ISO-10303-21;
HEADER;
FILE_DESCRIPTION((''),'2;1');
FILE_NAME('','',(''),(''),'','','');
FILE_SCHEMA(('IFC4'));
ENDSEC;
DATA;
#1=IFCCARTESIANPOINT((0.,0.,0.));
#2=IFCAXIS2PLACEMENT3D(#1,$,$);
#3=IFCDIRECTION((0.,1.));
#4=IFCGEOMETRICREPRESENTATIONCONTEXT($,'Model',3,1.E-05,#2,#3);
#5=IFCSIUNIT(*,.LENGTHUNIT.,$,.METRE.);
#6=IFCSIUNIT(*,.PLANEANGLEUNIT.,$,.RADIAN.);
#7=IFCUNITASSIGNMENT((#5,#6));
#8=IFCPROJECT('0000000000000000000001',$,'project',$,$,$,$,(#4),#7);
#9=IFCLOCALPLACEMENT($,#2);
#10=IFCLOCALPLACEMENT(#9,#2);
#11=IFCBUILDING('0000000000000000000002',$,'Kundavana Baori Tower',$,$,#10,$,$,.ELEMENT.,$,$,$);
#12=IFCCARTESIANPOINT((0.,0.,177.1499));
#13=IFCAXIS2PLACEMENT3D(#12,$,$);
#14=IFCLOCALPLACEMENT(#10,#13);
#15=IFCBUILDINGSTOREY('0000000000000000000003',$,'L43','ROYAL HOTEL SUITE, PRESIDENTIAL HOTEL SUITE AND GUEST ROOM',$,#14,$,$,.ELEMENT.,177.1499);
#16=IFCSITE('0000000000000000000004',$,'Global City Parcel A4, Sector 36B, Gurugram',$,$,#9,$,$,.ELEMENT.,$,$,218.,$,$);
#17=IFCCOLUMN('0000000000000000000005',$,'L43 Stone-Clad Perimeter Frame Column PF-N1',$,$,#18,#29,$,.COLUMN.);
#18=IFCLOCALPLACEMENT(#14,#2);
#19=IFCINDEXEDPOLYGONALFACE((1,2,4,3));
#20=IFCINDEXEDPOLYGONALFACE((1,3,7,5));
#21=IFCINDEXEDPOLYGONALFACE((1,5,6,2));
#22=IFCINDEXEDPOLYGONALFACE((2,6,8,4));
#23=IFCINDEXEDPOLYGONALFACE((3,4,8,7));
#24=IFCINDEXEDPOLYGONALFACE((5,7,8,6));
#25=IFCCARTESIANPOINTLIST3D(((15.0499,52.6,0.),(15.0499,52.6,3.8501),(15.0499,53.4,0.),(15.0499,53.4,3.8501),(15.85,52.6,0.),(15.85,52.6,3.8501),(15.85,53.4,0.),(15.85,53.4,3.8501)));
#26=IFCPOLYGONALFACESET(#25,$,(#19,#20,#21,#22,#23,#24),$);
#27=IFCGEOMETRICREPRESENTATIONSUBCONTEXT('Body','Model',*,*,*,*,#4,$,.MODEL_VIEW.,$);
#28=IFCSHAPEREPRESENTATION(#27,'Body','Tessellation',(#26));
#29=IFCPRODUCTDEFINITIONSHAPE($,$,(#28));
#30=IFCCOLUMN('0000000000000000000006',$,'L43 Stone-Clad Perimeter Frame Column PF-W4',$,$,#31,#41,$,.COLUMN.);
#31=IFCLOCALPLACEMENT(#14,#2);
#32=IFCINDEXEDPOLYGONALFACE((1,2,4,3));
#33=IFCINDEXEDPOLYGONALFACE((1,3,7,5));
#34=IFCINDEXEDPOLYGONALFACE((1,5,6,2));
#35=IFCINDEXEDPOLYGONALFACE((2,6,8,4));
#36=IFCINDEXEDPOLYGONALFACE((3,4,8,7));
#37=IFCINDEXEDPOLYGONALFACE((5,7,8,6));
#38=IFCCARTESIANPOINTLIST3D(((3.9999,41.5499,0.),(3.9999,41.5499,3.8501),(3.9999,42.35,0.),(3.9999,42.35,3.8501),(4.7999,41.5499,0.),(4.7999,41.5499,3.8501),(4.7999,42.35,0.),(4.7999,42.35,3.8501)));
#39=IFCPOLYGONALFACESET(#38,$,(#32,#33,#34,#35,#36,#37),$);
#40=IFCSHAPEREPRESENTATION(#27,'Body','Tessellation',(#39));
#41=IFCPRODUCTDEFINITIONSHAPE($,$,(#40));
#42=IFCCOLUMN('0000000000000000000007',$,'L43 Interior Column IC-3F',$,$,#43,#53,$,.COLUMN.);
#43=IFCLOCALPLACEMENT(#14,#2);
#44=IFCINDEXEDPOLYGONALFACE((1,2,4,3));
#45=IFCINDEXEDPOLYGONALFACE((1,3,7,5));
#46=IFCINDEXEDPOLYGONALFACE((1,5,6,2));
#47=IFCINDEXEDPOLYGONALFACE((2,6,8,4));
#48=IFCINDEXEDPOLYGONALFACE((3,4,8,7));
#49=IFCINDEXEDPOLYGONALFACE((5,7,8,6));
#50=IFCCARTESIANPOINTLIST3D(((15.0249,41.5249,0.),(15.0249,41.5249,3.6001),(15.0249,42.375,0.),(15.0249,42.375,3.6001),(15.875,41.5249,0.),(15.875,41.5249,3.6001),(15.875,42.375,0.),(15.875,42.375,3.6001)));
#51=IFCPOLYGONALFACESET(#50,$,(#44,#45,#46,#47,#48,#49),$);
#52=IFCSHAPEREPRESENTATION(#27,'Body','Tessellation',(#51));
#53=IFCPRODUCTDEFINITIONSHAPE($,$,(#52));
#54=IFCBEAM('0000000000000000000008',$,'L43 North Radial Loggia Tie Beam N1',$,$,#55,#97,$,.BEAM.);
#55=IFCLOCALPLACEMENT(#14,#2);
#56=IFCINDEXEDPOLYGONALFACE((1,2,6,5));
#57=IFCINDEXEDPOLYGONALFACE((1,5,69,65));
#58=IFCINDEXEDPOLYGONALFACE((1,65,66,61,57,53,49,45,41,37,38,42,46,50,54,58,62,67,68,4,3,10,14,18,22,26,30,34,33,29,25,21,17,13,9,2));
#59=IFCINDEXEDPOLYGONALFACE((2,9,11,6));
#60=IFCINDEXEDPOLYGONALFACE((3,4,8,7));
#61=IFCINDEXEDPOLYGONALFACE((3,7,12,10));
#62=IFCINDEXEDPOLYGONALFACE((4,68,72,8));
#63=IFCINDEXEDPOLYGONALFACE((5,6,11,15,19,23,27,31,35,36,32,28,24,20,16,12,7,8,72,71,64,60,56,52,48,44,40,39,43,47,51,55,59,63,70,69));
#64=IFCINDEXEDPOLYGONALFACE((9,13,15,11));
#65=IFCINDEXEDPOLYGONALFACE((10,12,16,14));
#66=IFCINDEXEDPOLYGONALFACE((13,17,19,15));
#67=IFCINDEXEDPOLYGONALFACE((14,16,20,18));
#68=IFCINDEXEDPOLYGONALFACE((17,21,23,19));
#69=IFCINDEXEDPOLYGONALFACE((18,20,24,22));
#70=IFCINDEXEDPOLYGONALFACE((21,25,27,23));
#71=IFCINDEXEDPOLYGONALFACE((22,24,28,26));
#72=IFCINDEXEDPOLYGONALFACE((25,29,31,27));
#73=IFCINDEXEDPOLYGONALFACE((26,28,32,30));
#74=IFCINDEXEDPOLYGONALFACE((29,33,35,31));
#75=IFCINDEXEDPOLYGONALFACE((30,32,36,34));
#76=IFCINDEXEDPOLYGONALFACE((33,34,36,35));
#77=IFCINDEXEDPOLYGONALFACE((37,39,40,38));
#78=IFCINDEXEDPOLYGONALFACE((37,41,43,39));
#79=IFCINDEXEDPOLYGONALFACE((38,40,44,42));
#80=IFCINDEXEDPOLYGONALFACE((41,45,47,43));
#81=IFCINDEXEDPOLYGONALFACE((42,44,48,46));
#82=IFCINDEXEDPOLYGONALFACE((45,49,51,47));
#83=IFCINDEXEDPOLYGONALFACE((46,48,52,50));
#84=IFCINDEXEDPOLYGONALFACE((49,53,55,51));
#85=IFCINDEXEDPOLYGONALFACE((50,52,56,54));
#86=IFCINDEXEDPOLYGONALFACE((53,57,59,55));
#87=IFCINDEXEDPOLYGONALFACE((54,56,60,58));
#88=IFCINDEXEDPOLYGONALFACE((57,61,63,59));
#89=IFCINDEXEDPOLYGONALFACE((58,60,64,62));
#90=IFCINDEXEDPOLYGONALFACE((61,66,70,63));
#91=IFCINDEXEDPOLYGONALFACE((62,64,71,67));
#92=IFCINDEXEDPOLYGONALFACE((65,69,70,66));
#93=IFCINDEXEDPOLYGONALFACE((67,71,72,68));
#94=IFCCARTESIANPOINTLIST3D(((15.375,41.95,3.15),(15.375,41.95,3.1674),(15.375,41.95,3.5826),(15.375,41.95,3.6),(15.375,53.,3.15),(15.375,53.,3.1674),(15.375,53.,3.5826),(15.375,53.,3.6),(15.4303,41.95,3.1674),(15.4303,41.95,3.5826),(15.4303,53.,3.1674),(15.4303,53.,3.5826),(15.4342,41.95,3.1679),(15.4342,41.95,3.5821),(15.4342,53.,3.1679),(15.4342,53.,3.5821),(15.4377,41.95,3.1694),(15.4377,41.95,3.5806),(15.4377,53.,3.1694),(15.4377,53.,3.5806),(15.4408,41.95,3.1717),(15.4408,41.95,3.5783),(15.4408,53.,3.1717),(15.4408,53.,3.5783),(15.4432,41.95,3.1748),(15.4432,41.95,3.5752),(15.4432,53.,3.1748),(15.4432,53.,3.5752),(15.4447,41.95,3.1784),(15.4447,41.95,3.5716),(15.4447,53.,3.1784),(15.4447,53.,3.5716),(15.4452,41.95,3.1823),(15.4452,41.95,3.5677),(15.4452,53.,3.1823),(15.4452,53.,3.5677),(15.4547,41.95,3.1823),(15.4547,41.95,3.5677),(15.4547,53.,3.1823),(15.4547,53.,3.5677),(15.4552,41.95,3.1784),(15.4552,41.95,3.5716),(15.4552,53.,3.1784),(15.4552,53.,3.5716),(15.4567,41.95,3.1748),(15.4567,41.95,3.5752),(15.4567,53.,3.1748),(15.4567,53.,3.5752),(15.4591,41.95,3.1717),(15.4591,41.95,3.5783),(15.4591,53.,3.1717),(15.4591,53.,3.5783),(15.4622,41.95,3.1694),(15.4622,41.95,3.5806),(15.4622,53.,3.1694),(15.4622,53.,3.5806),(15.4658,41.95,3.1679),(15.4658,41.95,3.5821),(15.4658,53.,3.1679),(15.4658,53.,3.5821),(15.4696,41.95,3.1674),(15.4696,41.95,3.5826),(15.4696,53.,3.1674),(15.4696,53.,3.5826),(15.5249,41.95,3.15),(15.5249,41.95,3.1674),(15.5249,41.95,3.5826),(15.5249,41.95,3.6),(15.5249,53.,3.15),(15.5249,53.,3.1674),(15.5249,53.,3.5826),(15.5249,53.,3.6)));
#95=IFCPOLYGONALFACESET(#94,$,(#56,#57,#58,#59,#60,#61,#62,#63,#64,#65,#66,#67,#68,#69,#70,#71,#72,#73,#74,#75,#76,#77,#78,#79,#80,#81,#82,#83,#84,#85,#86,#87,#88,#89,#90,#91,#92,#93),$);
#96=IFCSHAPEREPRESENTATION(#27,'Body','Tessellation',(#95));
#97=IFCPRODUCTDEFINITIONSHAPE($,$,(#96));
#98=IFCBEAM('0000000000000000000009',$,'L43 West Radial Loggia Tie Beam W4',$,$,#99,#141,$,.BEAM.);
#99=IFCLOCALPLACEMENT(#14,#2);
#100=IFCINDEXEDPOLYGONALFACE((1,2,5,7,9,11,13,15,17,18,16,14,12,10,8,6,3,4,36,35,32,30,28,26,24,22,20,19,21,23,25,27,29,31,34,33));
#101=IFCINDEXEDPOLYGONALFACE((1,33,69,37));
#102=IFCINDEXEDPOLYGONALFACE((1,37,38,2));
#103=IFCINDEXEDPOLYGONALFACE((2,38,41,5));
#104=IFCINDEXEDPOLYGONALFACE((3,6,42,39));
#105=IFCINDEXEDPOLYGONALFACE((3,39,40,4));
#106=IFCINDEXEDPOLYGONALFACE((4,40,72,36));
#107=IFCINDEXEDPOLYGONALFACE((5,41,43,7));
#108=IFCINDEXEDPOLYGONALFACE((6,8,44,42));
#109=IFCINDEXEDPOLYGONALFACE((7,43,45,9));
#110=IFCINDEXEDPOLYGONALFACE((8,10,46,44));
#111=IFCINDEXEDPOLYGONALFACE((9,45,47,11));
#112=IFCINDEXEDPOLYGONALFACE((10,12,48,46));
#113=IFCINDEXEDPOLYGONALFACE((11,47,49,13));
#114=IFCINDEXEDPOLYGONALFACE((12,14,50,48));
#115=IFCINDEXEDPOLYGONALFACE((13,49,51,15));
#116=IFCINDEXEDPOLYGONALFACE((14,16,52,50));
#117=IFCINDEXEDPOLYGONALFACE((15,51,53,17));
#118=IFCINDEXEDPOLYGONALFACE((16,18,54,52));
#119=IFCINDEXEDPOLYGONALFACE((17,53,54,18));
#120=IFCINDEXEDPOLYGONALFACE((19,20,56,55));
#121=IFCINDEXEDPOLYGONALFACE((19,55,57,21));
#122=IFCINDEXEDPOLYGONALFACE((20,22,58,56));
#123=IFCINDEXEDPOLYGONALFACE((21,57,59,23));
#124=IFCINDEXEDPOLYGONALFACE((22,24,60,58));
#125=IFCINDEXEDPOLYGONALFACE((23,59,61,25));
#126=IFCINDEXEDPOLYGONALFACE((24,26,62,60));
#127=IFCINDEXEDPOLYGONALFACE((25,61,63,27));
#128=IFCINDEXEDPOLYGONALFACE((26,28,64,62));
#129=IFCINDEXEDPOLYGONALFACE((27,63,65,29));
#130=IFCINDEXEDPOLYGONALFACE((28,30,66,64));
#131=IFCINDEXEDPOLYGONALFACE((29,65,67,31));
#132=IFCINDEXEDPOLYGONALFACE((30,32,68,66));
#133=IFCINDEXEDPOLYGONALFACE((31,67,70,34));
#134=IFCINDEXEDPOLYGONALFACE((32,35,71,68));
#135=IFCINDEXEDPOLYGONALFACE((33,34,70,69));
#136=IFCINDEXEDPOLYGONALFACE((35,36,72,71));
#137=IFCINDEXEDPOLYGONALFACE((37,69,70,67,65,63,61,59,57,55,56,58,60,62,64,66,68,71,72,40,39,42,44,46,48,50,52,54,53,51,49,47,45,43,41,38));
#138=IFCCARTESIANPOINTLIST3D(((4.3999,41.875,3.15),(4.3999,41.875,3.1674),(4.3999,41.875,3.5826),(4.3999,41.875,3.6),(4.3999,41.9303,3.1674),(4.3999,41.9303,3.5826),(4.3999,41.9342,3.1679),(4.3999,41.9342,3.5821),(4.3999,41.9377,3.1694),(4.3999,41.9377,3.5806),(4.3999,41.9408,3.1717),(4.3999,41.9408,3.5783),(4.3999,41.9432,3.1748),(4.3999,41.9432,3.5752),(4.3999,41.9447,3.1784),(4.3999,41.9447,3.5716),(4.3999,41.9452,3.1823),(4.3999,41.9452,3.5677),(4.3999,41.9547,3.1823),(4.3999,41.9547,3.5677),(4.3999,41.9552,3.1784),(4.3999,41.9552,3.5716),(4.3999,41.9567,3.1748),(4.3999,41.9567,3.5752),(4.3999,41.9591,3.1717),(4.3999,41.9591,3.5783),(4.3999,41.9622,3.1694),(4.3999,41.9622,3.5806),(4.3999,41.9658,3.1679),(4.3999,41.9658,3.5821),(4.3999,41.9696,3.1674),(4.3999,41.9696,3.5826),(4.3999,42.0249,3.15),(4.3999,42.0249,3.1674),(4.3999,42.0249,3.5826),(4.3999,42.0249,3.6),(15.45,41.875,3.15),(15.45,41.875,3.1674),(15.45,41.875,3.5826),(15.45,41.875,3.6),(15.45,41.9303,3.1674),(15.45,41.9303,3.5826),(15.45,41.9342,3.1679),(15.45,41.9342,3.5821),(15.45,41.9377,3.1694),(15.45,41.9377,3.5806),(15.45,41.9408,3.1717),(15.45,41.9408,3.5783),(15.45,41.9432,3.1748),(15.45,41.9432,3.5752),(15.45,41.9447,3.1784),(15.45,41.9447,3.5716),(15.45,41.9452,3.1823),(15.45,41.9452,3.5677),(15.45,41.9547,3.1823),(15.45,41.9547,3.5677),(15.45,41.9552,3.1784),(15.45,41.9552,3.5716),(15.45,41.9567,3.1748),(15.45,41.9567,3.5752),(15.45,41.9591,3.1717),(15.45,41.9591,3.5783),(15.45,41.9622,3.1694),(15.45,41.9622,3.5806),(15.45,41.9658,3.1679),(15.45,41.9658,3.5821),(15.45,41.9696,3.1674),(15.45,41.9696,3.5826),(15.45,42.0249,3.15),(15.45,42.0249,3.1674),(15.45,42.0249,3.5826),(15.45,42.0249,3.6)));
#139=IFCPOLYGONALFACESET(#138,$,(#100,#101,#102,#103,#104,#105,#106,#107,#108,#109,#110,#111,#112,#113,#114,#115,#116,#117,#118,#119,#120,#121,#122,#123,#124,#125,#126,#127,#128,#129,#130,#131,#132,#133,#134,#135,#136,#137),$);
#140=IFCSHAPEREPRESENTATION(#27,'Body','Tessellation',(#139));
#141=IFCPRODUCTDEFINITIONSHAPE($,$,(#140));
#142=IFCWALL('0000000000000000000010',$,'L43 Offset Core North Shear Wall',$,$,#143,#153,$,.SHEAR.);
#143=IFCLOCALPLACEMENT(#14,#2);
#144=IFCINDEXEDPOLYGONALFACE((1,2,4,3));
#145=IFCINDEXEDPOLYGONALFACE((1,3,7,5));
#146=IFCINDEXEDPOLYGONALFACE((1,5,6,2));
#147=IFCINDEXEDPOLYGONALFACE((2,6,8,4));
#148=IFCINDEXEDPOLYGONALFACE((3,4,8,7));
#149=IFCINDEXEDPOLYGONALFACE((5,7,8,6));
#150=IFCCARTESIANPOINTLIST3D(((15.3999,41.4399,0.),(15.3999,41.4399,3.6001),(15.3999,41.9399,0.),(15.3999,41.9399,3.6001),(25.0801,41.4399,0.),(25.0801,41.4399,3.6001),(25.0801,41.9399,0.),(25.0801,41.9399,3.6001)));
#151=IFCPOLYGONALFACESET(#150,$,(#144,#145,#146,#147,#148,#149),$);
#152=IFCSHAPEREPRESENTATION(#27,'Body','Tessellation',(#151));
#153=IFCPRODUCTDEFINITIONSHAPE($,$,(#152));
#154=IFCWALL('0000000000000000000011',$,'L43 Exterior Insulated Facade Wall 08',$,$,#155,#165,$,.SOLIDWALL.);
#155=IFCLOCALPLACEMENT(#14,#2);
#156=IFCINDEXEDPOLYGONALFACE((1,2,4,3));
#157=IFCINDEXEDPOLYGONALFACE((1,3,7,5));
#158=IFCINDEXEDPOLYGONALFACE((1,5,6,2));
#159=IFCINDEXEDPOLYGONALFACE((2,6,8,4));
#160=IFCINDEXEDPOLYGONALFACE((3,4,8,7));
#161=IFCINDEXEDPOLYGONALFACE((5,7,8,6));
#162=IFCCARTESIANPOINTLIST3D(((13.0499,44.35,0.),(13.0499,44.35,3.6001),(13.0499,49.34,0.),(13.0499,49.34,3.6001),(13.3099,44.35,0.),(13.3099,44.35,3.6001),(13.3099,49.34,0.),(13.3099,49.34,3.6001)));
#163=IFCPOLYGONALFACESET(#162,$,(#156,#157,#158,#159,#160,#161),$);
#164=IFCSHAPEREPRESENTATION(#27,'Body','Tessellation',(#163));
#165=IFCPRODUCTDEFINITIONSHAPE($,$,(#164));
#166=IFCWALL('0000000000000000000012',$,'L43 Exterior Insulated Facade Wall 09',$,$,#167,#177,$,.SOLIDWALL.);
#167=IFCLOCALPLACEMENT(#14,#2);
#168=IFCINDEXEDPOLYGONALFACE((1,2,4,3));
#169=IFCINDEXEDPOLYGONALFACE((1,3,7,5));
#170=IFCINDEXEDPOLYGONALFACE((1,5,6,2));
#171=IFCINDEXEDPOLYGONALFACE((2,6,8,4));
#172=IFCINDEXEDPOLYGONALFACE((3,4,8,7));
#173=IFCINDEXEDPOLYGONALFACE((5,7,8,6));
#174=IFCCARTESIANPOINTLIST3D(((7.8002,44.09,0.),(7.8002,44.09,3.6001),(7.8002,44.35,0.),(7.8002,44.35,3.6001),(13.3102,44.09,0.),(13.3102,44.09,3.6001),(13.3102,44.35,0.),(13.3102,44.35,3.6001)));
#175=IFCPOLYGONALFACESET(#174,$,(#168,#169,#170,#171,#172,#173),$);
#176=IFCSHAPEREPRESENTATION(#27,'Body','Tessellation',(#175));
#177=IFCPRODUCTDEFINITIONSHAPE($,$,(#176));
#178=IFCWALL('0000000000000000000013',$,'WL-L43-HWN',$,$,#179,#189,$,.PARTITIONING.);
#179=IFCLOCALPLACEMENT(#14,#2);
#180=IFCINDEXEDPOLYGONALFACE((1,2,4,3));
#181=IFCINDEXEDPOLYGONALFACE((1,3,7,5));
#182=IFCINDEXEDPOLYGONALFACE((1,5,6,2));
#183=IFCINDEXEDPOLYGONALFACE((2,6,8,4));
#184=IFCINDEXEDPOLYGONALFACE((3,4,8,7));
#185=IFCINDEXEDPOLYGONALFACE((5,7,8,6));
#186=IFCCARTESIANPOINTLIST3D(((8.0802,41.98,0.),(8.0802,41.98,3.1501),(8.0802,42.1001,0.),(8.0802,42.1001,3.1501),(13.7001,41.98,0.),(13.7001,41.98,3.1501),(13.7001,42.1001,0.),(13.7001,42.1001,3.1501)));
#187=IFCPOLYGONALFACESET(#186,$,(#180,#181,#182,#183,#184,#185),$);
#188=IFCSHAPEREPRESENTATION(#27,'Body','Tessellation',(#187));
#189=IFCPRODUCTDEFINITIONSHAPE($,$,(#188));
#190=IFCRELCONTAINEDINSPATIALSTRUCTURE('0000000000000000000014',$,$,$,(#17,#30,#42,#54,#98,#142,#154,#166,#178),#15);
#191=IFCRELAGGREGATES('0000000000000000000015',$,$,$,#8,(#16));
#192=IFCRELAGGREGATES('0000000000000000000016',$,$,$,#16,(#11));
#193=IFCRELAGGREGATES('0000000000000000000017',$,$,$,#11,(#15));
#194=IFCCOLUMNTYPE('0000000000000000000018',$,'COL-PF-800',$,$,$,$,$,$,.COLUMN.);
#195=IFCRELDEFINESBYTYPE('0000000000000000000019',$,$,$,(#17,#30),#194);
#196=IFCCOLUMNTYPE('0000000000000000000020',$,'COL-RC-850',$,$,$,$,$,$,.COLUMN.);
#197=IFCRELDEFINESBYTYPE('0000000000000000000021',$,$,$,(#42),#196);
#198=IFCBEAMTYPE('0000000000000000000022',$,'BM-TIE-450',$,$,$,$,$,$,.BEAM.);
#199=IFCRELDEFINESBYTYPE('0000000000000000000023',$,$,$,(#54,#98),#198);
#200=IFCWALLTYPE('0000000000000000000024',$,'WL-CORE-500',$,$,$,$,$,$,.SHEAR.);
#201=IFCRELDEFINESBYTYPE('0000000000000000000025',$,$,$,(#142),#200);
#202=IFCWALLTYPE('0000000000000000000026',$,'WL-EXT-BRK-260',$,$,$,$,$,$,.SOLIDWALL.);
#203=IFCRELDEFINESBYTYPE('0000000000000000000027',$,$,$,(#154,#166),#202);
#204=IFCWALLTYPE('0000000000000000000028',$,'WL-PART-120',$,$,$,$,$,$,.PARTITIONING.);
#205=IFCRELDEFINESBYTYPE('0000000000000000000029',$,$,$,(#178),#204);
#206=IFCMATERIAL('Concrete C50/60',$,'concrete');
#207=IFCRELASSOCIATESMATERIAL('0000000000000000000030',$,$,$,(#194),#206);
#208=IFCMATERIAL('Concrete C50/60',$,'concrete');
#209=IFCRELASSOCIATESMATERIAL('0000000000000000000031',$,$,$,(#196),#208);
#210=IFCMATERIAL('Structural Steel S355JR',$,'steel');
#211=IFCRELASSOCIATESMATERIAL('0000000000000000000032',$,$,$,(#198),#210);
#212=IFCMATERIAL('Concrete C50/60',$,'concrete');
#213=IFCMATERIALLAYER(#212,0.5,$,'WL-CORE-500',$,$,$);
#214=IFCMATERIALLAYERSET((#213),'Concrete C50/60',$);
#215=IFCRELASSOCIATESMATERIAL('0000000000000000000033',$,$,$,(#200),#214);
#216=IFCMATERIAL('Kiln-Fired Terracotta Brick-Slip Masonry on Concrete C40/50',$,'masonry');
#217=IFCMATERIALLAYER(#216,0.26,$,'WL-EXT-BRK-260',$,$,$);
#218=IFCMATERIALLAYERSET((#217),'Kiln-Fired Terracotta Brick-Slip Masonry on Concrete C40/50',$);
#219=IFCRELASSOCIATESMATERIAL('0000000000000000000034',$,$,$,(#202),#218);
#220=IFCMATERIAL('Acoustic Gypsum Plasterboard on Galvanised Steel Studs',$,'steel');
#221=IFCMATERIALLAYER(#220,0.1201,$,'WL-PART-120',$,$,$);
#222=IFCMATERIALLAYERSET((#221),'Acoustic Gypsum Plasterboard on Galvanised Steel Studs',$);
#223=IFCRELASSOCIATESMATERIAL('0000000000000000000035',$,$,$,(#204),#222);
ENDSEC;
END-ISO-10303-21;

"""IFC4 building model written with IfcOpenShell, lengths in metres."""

from ifc_helpers import new_model, si_unit, direction, frame, frame_2d, origin, origin_2d, place, context, subcontext, project, spatial, rectangle, i_section, extrude, material, layer, layer_set, material_profile, profile_set, type_object, element, save


model = new_model("IFC4")

# Units and contexts
model_context = context("Model", 3, precision=1e-05, world=origin(), true_north=direction((0.0, 1.0)))
body_context = subcontext(model_context, "Body", "Model", "MODEL_VIEW")
ifc_project = project(units=[si_unit("LENGTHUNIT", "METRE"), si_unit("PLANEANGLEUNIT", "RADIAN")], contexts=[model_context])

# Site, building, storey
site_placement = place(None, origin())
site = spatial("IfcSite", under=ifc_project, at=site_placement, Name="Global City Parcel A4, Sector 36B, Gurugram", CompositionType="ELEMENT", RefElevation=218.0)
building_placement = place(site_placement, origin())
building = spatial("IfcBuilding", under=site, at=building_placement, Name="Kundavana Baori Tower", CompositionType="ELEMENT")
storey_placement = place(building_placement, frame((0.0, 0.0, 177.1499)))
storey = spatial("IfcBuildingStorey", under=building, at=storey_placement, Name="L43", Description="ROYAL HOTEL SUITE, PRESIDENTIAL HOTEL SUITE AND GUEST ROOM", CompositionType="ELEMENT", Elevation=177.1499)

# Columns
ifc_material_1 = material(Name="Concrete C50/60", Category="concrete")
ifc_material_profile_1 = material_profile(ifc_material_1, rectangle(XDim=0.8, YDim=0.8, at=origin_2d()), Name="RC PF 800x800")
ifc_profile_set_1 = profile_set([ifc_material_profile_1], Name="Concrete C50/60")
column_type_1 = type_object("IfcColumnType", Name="COL-PF-800", PredefinedType="COLUMN", material=ifc_profile_set_1)
for number, where, z_axis, x_axis, name in (
    (1, (15.45, 53.0, 0.0), (0.0, 0.0, 1.0), (1.0, 0.0, 0.0), "L43 Stone-Clad Perimeter Frame Column PF-N1"),
    (2, (4.3999, 41.95, 0.0), (0.0, 0.0, 1.0), (1.0, 0.0, 0.0), "L43 Stone-Clad Perimeter Frame Column PF-W4"),
):
    element("IfcColumn", number, at=place(storey_placement, frame(where, z_axis=z_axis, x_axis=x_axis)), inside=storey, type_object=column_type_1, Name=name, PredefinedType="COLUMN", context=body_context, shape_type="SweptSolid", body=[
        extrude(rectangle(XDim=0.8, YDim=0.8, at=origin_2d()), origin(), (0.0, 0.0, 1.0), 3.8501),
    ])
ifc_material_2 = material(Name="Concrete C50/60", Category="concrete")
ifc_material_profile_2 = material_profile(ifc_material_2, rectangle(XDim=0.8501, YDim=0.8501, at=origin_2d()), Name="RC 850x850")
ifc_profile_set_2 = profile_set([ifc_material_profile_2], Name="Concrete C50/60")
column_type_2 = type_object("IfcColumnType", Name="COL-RC-850", PredefinedType="COLUMN", material=ifc_profile_set_2)
column_placement = place(storey_placement, frame((15.45, 41.95, 0.0), z_axis=(0.0, 0.0, 1.0), x_axis=(1.0, 0.0, 0.0)))
element("IfcColumn", 3, at=column_placement, inside=storey, type_object=column_type_2, Name="L43 Interior Column IC-3F", PredefinedType="COLUMN", context=body_context, shape_type="SweptSolid", body=[
    extrude(rectangle(XDim=0.8501, YDim=0.8501, at=origin_2d()), origin(), (0.0, 0.0, 1.0), 3.6001),
])

# Beams
ifc_material_3 = material(Name="Structural Steel S355JR", Category="steel")
ifc_material_profile_3 = material_profile(ifc_material_3, i_section(OverallWidth=0.1499, OverallDepth=0.45, WebThickness=0.0095, FlangeThickness=0.0173, FilletRadius=0.0149, at=origin_2d()), Name="ISMB 450")
ifc_profile_set_3 = profile_set([ifc_material_profile_3], Name="Structural Steel S355JR")
beam_type = type_object("IfcBeamType", Name="BM-TIE-450", PredefinedType="BEAM", material=ifc_profile_set_3)
for number, where, z_axis, x_axis, name in (
    (4, (15.45, 41.95, 3.375), (0.0, 1.0, 0.0), (-1.0, 0.0, 0.0), "L43 North Radial Loggia Tie Beam N1"),
    (5, (15.45, 41.95, 3.375), (-1.0, 0.0, 0.0), (0.0, -1.0, 0.0), "L43 West Radial Loggia Tie Beam W4"),
):
    element("IfcBeam", number, at=place(storey_placement, frame(where, z_axis=z_axis, x_axis=x_axis)), inside=storey, type_object=beam_type, Name=name, PredefinedType="BEAM", context=body_context, shape_type="SweptSolid", body=[
        extrude(i_section(OverallWidth=0.1499, OverallDepth=0.45, WebThickness=0.0095, FlangeThickness=0.0173, FilletRadius=0.0149, at=origin_2d()), origin(), (0.0, 0.0, 1.0), 11.05),
    ])

# Walls
ifc_material_4 = material(Name="Concrete C50/60", Category="concrete")
ifc_layer_1 = layer(ifc_material_4, 0.5, Name="WL-CORE-500")
ifc_layer_set_1 = layer_set([ifc_layer_1], Name="Concrete C50/60")
wall_type_1 = type_object("IfcWallType", Name="WL-CORE-500", PredefinedType="SHEAR", material=ifc_layer_set_1)
wall_1_placement = place(storey_placement, frame((15.3999, 41.6899, 0.0), z_axis=(0.0, 0.0, 1.0), x_axis=(1.0, 0.0, 0.0)))
element("IfcWall", 6, at=wall_1_placement, inside=storey, type_object=wall_type_1, Name="L43 Offset Core North Shear Wall", PredefinedType="SHEAR", context=body_context, shape_type="SweptSolid", body=[
    extrude(rectangle(XDim=9.6802, YDim=0.5, at=frame_2d((4.8401, 0.0))), origin(), (0.0, 0.0, 1.0), 3.6001),
])
ifc_material_5 = material(Name="Kiln-Fired Terracotta Brick-Slip Masonry on Concrete C40/50", Category="masonry")
ifc_layer_2 = layer(ifc_material_5, 0.26, Name="WL-EXT-BRK-260")
ifc_layer_set_2 = layer_set([ifc_layer_2], Name="Kiln-Fired Terracotta Brick-Slip Masonry on Concrete C40/50")
wall_type_2 = type_object("IfcWallType", Name="WL-EXT-BRK-260", PredefinedType="SOLIDWALL", material=ifc_layer_set_2)
wall_2_placement = place(storey_placement, frame((13.1799, 49.3401, 0.0), z_axis=(0.0, 0.0, 1.0), x_axis=(0.0, -1.0, 0.0)))
element("IfcWall", 7, at=wall_2_placement, inside=storey, type_object=wall_type_2, Name="L43 Exterior Insulated Facade Wall 08", PredefinedType="SOLIDWALL", context=body_context, shape_type="SweptSolid", body=[
    extrude(rectangle(XDim=4.99, YDim=0.26, at=frame_2d((2.4951, 0.0))), origin(), (0.0, 0.0, 1.0), 3.6001),
])
wall_3_placement = place(storey_placement, frame((13.3101, 44.22, 0.0), z_axis=(0.0, 0.0, 1.0), x_axis=(-1.0, 0.0, 0.0)))
element("IfcWall", 8, at=wall_3_placement, inside=storey, type_object=wall_type_2, Name="L43 Exterior Insulated Facade Wall 09", PredefinedType="SOLIDWALL", context=body_context, shape_type="SweptSolid", body=[
    extrude(rectangle(XDim=5.51, YDim=0.26, at=frame_2d((2.7549, 0.0))), origin(), (0.0, 0.0, 1.0), 3.6001),
])

# Wall
ifc_material_6 = material(Name="Acoustic Gypsum Plasterboard on Galvanised Steel Studs", Category="steel")
ifc_layer_3 = layer(ifc_material_6, 0.1201, Name="WL-PART-120")
ifc_layer_set_3 = layer_set([ifc_layer_3], Name="Acoustic Gypsum Plasterboard on Galvanised Steel Studs")
wall_type_3 = type_object("IfcWallType", Name="WL-PART-120", PredefinedType="PARTITIONING", material=ifc_layer_set_3)
wall_4_placement = place(storey_placement, frame((8.0801, 42.04, 0.0), z_axis=(0.0, 0.0, 1.0), x_axis=(1.0, 0.0, 0.0)))
element("IfcWall", 9, at=wall_4_placement, inside=storey, type_object=wall_type_3, Name="WL-L43-HWN", PredefinedType="PARTITIONING", context=body_context, shape_type="SweptSolid", body=[
    extrude(rectangle(XDim=5.6199, YDim=0.1201, at=frame_2d((2.8101, 0.0))), origin(), (0.0, 0.0, 1.0), 3.1501),
])

save(model, "model.ifc")
